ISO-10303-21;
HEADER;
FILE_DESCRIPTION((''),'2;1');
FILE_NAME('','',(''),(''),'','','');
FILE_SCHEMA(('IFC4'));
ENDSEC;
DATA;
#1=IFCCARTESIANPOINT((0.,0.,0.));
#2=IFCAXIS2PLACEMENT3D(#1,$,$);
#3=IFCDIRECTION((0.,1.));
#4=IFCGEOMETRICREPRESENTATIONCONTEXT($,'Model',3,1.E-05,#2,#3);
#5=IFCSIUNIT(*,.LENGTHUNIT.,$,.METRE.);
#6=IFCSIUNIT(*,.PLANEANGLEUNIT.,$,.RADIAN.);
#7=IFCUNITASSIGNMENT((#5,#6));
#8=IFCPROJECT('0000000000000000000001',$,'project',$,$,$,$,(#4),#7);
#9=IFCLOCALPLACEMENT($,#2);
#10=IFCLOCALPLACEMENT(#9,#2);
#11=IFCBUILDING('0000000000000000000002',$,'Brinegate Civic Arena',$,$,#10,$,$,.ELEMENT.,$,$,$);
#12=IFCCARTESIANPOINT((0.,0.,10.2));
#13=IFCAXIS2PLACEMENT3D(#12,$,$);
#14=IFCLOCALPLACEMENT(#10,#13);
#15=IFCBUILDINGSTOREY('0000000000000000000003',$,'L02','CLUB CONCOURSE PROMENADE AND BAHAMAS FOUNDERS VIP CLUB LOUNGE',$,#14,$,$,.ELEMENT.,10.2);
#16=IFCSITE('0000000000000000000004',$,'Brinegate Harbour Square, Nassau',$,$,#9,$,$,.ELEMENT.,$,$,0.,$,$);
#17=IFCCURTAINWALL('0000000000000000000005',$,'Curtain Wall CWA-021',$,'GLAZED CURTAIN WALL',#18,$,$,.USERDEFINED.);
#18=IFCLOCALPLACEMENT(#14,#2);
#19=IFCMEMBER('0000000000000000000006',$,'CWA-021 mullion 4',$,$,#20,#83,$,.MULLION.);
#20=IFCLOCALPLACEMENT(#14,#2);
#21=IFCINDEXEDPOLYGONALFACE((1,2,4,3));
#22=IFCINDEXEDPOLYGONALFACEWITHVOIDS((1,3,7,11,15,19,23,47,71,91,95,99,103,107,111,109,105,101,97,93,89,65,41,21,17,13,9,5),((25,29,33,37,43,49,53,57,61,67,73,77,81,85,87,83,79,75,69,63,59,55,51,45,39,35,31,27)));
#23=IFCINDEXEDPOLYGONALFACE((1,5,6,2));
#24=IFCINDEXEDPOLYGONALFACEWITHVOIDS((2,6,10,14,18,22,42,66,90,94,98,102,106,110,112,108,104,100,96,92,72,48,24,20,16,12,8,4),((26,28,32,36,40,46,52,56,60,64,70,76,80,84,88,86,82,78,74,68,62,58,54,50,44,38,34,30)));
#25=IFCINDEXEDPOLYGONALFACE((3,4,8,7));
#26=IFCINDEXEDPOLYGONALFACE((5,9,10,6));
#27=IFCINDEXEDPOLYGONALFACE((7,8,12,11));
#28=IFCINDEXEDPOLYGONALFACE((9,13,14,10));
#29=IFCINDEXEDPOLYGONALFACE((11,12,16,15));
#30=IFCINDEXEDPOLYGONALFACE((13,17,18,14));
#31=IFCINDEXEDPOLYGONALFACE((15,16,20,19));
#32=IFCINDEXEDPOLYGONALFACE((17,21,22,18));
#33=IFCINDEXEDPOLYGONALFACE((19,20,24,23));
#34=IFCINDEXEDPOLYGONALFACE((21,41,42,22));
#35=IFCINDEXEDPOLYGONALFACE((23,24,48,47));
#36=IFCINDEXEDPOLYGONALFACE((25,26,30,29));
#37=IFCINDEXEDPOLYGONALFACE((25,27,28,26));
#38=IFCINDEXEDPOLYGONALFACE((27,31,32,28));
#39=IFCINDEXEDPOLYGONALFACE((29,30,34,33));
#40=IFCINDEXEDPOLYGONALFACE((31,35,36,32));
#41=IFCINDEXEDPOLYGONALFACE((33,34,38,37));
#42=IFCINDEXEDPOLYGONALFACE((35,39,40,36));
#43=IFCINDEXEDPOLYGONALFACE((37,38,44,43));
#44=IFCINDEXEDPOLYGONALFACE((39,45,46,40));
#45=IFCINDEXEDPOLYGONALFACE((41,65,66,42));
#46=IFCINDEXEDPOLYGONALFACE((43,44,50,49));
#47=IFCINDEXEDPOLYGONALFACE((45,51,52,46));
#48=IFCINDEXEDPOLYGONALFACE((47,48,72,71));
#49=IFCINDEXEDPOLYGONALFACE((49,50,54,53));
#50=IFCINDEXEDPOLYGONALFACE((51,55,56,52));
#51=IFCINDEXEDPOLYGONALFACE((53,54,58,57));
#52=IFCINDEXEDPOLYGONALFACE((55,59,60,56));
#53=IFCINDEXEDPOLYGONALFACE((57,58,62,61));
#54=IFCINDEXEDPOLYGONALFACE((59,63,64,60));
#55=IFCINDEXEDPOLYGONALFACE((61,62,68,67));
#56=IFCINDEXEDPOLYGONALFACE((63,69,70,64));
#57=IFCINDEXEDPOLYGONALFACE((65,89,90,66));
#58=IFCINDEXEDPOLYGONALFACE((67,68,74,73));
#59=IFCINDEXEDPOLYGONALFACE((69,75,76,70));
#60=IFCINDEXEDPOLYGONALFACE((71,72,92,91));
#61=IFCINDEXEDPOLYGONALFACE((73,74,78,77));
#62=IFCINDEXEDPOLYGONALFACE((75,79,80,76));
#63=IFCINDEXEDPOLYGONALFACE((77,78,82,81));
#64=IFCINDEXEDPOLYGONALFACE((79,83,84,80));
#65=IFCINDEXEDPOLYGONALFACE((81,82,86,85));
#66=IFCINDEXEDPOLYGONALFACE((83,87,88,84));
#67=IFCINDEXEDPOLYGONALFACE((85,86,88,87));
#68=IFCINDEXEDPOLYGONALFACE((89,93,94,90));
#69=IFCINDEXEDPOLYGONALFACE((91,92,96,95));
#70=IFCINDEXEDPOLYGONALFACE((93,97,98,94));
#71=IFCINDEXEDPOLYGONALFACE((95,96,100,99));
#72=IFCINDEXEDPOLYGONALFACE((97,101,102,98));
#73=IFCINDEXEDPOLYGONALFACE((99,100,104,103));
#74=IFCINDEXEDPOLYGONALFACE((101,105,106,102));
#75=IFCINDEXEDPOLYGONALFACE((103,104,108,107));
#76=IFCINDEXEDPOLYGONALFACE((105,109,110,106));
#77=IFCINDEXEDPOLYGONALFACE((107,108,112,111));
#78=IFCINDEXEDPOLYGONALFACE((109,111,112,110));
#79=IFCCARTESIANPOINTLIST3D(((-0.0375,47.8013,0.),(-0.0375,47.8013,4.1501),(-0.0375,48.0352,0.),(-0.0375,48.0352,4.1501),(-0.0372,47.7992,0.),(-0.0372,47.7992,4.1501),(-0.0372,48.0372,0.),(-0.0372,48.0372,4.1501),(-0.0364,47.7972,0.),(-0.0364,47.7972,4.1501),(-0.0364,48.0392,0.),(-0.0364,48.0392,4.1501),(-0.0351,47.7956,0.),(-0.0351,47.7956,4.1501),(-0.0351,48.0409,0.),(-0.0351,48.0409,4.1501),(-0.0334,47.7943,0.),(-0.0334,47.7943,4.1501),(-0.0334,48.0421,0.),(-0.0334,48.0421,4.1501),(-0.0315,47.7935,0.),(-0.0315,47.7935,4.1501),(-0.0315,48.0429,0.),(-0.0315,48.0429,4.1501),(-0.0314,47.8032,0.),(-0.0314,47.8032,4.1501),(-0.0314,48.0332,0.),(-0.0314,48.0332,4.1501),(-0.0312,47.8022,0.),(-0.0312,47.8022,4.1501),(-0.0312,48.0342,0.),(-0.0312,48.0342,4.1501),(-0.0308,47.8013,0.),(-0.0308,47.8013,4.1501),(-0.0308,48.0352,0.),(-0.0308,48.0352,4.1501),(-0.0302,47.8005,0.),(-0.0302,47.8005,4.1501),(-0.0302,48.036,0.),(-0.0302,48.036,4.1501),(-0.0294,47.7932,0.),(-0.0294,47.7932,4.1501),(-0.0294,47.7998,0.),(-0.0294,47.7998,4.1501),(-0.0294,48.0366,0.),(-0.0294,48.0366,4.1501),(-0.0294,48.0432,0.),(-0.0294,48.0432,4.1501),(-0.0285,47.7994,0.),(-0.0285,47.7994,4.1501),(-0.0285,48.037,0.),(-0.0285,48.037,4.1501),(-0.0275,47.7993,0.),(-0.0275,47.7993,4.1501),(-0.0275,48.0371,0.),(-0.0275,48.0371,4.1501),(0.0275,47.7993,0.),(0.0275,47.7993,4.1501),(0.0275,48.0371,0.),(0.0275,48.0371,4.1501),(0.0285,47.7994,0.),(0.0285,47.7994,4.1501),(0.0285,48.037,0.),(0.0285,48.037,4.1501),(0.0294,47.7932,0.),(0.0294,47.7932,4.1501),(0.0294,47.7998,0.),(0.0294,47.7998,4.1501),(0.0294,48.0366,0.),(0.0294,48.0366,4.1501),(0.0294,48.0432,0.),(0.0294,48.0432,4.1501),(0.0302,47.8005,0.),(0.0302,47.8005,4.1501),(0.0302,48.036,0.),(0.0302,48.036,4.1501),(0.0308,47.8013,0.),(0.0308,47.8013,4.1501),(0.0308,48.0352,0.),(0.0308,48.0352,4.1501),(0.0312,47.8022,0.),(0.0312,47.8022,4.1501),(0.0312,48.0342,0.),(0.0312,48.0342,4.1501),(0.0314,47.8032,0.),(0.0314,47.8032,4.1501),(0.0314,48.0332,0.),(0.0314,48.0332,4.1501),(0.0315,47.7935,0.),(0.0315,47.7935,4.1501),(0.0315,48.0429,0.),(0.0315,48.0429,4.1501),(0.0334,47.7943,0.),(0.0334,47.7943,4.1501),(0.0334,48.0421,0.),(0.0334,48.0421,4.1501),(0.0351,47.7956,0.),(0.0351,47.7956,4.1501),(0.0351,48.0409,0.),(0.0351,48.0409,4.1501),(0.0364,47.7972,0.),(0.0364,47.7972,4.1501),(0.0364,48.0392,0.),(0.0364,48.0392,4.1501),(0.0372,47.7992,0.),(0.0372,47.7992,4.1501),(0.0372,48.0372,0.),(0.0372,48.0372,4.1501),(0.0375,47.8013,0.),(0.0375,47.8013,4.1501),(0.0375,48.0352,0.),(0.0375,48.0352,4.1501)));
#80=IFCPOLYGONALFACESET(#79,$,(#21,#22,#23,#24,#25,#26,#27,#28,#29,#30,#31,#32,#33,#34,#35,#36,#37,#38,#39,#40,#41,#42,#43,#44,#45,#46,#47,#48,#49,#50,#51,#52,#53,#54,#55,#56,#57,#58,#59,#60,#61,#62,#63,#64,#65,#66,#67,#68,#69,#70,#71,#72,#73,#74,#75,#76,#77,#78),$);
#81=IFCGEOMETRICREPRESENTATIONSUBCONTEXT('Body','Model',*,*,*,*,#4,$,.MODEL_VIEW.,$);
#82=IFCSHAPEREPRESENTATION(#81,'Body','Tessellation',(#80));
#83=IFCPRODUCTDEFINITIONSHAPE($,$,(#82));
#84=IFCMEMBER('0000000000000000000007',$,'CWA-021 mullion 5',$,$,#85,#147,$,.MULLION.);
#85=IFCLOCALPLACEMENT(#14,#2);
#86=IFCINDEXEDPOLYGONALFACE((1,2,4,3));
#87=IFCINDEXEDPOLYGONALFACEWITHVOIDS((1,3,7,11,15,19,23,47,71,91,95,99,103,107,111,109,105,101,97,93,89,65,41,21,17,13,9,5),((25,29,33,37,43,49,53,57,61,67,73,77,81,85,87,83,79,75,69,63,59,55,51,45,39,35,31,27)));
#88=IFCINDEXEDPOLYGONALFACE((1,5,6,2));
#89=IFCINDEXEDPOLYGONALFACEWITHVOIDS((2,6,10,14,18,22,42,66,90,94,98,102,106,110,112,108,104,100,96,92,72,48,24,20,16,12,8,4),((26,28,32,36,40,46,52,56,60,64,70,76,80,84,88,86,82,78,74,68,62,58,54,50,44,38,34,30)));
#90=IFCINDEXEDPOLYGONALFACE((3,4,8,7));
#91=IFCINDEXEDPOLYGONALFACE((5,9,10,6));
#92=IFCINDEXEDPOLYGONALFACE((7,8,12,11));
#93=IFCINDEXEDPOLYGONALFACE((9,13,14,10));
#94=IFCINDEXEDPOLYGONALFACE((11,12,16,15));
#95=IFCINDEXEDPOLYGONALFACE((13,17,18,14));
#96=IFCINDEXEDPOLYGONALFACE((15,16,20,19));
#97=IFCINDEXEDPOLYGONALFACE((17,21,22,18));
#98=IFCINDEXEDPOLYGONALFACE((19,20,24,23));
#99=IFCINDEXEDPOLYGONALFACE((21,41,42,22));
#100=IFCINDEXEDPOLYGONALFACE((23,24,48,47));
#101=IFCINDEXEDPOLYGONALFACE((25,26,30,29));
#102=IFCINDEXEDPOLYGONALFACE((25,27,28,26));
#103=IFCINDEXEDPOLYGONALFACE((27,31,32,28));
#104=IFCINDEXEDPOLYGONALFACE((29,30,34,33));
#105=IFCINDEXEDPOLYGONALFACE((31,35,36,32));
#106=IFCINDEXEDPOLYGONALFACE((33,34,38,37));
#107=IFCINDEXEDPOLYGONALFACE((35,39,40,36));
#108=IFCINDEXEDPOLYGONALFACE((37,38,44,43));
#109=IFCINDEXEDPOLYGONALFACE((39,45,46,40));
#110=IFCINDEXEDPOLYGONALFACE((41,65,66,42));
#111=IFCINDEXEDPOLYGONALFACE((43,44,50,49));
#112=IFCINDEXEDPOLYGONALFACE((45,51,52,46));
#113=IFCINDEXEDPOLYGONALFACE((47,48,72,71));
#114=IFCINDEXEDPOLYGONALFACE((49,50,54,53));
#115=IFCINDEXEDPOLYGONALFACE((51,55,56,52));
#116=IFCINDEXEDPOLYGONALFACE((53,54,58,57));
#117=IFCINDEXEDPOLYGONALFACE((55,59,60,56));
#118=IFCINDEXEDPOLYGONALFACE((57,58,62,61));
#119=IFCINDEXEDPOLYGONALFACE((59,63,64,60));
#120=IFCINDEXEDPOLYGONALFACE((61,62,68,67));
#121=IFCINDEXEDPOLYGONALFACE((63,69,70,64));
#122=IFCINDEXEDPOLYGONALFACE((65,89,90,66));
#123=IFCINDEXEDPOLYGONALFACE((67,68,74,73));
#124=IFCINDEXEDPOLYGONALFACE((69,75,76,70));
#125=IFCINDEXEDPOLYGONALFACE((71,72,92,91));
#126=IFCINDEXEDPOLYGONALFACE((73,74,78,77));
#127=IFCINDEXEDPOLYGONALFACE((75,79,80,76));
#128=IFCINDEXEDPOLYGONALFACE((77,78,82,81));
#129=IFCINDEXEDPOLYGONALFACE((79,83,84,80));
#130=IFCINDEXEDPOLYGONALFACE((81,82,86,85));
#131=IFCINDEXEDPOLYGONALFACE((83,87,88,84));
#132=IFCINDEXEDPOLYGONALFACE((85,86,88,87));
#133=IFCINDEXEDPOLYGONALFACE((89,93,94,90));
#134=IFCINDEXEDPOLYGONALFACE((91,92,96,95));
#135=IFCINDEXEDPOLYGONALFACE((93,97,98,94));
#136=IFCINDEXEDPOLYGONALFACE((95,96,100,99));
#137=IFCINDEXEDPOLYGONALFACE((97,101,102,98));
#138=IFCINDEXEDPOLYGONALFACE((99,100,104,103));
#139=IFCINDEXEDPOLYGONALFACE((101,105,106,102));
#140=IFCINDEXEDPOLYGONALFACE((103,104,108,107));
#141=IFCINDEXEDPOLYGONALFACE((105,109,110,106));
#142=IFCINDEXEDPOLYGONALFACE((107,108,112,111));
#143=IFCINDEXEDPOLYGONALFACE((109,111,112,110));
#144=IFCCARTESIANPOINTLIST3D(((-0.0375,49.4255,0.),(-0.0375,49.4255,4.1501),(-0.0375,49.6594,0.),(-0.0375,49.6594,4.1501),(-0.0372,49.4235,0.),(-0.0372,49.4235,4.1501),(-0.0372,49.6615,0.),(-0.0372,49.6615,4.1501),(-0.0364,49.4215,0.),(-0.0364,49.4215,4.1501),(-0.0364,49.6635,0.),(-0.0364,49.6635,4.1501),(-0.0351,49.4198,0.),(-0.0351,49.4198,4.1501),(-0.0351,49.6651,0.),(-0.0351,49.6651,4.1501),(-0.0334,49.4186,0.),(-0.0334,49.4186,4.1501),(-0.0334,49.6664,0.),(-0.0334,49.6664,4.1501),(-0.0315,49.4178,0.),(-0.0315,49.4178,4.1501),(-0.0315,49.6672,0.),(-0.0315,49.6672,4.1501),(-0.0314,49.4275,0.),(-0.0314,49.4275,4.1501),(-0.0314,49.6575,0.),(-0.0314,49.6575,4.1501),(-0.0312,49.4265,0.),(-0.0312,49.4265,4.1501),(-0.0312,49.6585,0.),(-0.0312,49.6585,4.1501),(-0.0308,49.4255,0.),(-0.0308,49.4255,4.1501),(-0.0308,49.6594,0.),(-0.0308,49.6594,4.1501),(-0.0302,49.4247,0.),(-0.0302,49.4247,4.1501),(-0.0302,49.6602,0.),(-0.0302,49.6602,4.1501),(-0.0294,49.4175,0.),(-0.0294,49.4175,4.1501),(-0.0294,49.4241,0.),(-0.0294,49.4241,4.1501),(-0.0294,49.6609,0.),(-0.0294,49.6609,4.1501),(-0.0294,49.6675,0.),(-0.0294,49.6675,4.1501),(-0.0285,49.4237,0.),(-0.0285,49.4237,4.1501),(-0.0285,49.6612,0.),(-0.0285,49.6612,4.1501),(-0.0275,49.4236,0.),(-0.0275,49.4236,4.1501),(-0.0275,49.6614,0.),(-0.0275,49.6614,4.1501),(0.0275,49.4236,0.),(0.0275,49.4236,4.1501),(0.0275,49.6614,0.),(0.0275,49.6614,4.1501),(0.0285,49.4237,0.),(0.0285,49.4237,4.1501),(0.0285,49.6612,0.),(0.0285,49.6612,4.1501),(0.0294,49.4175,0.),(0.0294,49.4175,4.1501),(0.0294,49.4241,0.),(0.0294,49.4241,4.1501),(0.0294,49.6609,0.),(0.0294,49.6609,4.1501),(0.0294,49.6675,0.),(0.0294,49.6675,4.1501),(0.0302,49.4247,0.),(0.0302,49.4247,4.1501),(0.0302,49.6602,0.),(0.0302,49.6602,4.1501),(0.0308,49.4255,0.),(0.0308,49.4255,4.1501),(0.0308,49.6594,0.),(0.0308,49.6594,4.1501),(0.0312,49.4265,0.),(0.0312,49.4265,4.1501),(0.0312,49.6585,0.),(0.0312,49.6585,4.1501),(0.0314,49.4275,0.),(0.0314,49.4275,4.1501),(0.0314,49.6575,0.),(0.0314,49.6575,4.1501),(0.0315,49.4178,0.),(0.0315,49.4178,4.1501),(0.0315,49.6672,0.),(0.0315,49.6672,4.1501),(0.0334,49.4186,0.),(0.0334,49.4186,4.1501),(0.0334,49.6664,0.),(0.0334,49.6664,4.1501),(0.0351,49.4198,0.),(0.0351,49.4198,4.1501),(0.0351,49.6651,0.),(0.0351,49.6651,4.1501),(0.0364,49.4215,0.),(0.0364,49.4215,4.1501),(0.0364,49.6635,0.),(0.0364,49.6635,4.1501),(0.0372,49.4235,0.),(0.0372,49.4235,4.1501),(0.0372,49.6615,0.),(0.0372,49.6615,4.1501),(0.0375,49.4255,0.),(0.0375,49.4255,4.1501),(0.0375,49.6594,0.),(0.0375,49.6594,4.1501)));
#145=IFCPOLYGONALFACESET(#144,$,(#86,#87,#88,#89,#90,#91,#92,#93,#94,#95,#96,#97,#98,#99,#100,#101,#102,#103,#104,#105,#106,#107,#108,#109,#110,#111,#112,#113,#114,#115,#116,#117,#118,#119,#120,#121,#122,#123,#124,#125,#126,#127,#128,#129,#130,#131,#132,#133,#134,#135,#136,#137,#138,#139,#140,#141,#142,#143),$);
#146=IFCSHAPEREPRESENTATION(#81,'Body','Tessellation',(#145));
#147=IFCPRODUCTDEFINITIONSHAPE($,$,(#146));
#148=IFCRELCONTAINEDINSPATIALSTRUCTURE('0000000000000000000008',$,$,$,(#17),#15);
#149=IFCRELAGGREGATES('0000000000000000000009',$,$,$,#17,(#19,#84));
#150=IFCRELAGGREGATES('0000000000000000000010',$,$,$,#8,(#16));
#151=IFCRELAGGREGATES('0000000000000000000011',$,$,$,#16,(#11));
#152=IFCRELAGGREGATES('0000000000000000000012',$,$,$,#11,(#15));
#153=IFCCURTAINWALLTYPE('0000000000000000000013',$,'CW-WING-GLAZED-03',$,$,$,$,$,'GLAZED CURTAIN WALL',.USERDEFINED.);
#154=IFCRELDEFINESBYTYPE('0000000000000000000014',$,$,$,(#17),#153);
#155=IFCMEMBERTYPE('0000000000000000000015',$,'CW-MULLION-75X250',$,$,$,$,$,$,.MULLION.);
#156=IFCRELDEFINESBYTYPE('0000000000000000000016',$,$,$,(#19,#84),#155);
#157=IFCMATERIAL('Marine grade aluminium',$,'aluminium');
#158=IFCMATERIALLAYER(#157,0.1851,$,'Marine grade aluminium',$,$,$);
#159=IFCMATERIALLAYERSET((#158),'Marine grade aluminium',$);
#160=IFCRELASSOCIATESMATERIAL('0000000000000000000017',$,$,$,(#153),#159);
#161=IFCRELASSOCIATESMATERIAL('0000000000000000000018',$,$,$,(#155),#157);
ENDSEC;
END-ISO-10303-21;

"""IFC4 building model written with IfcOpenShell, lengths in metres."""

from ifc_helpers import new_model, si_unit, direction, frame, origin, origin_2d, place, context, subcontext, project, spatial, hollow_rectangle, extrude, material, layer, layer_set, material_profile, profile_set, type_object, element, aggregate, save


model = new_model("IFC4")

# Units and contexts
model_context = context("Model", 3, precision=1e-05, world=origin(), true_north=direction((0.0, 1.0)))
body_context = subcontext(model_context, "Body", "Model", "MODEL_VIEW")
ifc_project = project(units=[si_unit("LENGTHUNIT", "METRE"), si_unit("PLANEANGLEUNIT", "RADIAN")], contexts=[model_context])

# Site, building, storey
site_placement = place(None, origin())
site = spatial("IfcSite", under=ifc_project, at=site_placement, Name="Brinegate Harbour Square, Nassau", CompositionType="ELEMENT", RefElevation=0.0)
building_placement = place(site_placement, origin())
building = spatial("IfcBuilding", under=site, at=building_placement, Name="Brinegate Civic Arena", CompositionType="ELEMENT")
storey_placement = place(building_placement, frame((0.0, 0.0, 10.2)))
storey = spatial("IfcBuildingStorey", under=building, at=storey_placement, Name="L02", Description="CLUB CONCOURSE PROMENADE AND BAHAMAS FOUNDERS VIP CLUB LOUNGE", CompositionType="ELEMENT", Elevation=10.2)

# Curtain wall, members
ifc_material_1 = material(Name="Marine grade aluminium", Category="aluminium")
ifc_layer_1 = layer(ifc_material_1, 0.1851, Name="Marine grade aluminium")
ifc_layer_set_1 = layer_set([ifc_layer_1], Name="Marine grade aluminium")
curtain_wall_type = type_object("IfcCurtainWallType", Name="CW-WING-GLAZED-03", ElementType="GLAZED CURTAIN WALL", PredefinedType="USERDEFINED", material=ifc_layer_set_1)
curtain_wall_1_placement = place(storey_placement, origin())
curtain_wall_1 = element("IfcCurtainWall", 1, at=curtain_wall_1_placement, inside=storey, type_object=curtain_wall_type, Name="Curtain Wall CWA-021", ObjectType="GLAZED CURTAIN WALL", PredefinedType="USERDEFINED")
ifc_material_profile_1 = material_profile(ifc_material_1, hollow_rectangle(XDim=0.075, YDim=0.25, WallThickness=0.0061, InnerFilletRadius=0.0039, OuterFilletRadius=0.0081, at=origin_2d()), Name="MUL75X250")
ifc_profile_set_1 = profile_set([ifc_material_profile_1], Name="Marine grade aluminium")
member_type_1 = type_object("IfcMemberType", Name="CW-MULLION-75X250", PredefinedType="MULLION", material=ifc_profile_set_1)
member_1_placement = place(storey_placement, frame((0.0, 47.9182, 0.0), z_axis=(0.0, 0.0, 1.0), x_axis=(-1.0, 0.0, 0.0)))
member_1 = element("IfcMember", 2, at=member_1_placement, type_object=member_type_1, Name="CWA-021 mullion 4", PredefinedType="MULLION", context=body_context, shape_type="SweptSolid", body=[
    extrude(hollow_rectangle(XDim=0.075, YDim=0.25, WallThickness=0.0061, InnerFilletRadius=0.0039, OuterFilletRadius=0.0081, at=origin_2d()), origin(), (0.0, 0.0, 1.0), 4.1501),
])
member_2_placement = place(storey_placement, frame((0.0, 49.5425, 0.0), z_axis=(0.0, 0.0, 1.0), x_axis=(-1.0, 0.0, 0.0)))
member_2 = element("IfcMember", 3, at=member_2_placement, type_object=member_type_1, Name="CWA-021 mullion 5", PredefinedType="MULLION", context=body_context, shape_type="SweptSolid", body=[
    extrude(hollow_rectangle(XDim=0.075, YDim=0.25, WallThickness=0.0061, InnerFilletRadius=0.0039, OuterFilletRadius=0.0081, at=origin_2d()), origin(), (0.0, 0.0, 1.0), 4.1501),
])

aggregate(curtain_wall_1, [member_1, member_2])

save(model, "model.ifc")
